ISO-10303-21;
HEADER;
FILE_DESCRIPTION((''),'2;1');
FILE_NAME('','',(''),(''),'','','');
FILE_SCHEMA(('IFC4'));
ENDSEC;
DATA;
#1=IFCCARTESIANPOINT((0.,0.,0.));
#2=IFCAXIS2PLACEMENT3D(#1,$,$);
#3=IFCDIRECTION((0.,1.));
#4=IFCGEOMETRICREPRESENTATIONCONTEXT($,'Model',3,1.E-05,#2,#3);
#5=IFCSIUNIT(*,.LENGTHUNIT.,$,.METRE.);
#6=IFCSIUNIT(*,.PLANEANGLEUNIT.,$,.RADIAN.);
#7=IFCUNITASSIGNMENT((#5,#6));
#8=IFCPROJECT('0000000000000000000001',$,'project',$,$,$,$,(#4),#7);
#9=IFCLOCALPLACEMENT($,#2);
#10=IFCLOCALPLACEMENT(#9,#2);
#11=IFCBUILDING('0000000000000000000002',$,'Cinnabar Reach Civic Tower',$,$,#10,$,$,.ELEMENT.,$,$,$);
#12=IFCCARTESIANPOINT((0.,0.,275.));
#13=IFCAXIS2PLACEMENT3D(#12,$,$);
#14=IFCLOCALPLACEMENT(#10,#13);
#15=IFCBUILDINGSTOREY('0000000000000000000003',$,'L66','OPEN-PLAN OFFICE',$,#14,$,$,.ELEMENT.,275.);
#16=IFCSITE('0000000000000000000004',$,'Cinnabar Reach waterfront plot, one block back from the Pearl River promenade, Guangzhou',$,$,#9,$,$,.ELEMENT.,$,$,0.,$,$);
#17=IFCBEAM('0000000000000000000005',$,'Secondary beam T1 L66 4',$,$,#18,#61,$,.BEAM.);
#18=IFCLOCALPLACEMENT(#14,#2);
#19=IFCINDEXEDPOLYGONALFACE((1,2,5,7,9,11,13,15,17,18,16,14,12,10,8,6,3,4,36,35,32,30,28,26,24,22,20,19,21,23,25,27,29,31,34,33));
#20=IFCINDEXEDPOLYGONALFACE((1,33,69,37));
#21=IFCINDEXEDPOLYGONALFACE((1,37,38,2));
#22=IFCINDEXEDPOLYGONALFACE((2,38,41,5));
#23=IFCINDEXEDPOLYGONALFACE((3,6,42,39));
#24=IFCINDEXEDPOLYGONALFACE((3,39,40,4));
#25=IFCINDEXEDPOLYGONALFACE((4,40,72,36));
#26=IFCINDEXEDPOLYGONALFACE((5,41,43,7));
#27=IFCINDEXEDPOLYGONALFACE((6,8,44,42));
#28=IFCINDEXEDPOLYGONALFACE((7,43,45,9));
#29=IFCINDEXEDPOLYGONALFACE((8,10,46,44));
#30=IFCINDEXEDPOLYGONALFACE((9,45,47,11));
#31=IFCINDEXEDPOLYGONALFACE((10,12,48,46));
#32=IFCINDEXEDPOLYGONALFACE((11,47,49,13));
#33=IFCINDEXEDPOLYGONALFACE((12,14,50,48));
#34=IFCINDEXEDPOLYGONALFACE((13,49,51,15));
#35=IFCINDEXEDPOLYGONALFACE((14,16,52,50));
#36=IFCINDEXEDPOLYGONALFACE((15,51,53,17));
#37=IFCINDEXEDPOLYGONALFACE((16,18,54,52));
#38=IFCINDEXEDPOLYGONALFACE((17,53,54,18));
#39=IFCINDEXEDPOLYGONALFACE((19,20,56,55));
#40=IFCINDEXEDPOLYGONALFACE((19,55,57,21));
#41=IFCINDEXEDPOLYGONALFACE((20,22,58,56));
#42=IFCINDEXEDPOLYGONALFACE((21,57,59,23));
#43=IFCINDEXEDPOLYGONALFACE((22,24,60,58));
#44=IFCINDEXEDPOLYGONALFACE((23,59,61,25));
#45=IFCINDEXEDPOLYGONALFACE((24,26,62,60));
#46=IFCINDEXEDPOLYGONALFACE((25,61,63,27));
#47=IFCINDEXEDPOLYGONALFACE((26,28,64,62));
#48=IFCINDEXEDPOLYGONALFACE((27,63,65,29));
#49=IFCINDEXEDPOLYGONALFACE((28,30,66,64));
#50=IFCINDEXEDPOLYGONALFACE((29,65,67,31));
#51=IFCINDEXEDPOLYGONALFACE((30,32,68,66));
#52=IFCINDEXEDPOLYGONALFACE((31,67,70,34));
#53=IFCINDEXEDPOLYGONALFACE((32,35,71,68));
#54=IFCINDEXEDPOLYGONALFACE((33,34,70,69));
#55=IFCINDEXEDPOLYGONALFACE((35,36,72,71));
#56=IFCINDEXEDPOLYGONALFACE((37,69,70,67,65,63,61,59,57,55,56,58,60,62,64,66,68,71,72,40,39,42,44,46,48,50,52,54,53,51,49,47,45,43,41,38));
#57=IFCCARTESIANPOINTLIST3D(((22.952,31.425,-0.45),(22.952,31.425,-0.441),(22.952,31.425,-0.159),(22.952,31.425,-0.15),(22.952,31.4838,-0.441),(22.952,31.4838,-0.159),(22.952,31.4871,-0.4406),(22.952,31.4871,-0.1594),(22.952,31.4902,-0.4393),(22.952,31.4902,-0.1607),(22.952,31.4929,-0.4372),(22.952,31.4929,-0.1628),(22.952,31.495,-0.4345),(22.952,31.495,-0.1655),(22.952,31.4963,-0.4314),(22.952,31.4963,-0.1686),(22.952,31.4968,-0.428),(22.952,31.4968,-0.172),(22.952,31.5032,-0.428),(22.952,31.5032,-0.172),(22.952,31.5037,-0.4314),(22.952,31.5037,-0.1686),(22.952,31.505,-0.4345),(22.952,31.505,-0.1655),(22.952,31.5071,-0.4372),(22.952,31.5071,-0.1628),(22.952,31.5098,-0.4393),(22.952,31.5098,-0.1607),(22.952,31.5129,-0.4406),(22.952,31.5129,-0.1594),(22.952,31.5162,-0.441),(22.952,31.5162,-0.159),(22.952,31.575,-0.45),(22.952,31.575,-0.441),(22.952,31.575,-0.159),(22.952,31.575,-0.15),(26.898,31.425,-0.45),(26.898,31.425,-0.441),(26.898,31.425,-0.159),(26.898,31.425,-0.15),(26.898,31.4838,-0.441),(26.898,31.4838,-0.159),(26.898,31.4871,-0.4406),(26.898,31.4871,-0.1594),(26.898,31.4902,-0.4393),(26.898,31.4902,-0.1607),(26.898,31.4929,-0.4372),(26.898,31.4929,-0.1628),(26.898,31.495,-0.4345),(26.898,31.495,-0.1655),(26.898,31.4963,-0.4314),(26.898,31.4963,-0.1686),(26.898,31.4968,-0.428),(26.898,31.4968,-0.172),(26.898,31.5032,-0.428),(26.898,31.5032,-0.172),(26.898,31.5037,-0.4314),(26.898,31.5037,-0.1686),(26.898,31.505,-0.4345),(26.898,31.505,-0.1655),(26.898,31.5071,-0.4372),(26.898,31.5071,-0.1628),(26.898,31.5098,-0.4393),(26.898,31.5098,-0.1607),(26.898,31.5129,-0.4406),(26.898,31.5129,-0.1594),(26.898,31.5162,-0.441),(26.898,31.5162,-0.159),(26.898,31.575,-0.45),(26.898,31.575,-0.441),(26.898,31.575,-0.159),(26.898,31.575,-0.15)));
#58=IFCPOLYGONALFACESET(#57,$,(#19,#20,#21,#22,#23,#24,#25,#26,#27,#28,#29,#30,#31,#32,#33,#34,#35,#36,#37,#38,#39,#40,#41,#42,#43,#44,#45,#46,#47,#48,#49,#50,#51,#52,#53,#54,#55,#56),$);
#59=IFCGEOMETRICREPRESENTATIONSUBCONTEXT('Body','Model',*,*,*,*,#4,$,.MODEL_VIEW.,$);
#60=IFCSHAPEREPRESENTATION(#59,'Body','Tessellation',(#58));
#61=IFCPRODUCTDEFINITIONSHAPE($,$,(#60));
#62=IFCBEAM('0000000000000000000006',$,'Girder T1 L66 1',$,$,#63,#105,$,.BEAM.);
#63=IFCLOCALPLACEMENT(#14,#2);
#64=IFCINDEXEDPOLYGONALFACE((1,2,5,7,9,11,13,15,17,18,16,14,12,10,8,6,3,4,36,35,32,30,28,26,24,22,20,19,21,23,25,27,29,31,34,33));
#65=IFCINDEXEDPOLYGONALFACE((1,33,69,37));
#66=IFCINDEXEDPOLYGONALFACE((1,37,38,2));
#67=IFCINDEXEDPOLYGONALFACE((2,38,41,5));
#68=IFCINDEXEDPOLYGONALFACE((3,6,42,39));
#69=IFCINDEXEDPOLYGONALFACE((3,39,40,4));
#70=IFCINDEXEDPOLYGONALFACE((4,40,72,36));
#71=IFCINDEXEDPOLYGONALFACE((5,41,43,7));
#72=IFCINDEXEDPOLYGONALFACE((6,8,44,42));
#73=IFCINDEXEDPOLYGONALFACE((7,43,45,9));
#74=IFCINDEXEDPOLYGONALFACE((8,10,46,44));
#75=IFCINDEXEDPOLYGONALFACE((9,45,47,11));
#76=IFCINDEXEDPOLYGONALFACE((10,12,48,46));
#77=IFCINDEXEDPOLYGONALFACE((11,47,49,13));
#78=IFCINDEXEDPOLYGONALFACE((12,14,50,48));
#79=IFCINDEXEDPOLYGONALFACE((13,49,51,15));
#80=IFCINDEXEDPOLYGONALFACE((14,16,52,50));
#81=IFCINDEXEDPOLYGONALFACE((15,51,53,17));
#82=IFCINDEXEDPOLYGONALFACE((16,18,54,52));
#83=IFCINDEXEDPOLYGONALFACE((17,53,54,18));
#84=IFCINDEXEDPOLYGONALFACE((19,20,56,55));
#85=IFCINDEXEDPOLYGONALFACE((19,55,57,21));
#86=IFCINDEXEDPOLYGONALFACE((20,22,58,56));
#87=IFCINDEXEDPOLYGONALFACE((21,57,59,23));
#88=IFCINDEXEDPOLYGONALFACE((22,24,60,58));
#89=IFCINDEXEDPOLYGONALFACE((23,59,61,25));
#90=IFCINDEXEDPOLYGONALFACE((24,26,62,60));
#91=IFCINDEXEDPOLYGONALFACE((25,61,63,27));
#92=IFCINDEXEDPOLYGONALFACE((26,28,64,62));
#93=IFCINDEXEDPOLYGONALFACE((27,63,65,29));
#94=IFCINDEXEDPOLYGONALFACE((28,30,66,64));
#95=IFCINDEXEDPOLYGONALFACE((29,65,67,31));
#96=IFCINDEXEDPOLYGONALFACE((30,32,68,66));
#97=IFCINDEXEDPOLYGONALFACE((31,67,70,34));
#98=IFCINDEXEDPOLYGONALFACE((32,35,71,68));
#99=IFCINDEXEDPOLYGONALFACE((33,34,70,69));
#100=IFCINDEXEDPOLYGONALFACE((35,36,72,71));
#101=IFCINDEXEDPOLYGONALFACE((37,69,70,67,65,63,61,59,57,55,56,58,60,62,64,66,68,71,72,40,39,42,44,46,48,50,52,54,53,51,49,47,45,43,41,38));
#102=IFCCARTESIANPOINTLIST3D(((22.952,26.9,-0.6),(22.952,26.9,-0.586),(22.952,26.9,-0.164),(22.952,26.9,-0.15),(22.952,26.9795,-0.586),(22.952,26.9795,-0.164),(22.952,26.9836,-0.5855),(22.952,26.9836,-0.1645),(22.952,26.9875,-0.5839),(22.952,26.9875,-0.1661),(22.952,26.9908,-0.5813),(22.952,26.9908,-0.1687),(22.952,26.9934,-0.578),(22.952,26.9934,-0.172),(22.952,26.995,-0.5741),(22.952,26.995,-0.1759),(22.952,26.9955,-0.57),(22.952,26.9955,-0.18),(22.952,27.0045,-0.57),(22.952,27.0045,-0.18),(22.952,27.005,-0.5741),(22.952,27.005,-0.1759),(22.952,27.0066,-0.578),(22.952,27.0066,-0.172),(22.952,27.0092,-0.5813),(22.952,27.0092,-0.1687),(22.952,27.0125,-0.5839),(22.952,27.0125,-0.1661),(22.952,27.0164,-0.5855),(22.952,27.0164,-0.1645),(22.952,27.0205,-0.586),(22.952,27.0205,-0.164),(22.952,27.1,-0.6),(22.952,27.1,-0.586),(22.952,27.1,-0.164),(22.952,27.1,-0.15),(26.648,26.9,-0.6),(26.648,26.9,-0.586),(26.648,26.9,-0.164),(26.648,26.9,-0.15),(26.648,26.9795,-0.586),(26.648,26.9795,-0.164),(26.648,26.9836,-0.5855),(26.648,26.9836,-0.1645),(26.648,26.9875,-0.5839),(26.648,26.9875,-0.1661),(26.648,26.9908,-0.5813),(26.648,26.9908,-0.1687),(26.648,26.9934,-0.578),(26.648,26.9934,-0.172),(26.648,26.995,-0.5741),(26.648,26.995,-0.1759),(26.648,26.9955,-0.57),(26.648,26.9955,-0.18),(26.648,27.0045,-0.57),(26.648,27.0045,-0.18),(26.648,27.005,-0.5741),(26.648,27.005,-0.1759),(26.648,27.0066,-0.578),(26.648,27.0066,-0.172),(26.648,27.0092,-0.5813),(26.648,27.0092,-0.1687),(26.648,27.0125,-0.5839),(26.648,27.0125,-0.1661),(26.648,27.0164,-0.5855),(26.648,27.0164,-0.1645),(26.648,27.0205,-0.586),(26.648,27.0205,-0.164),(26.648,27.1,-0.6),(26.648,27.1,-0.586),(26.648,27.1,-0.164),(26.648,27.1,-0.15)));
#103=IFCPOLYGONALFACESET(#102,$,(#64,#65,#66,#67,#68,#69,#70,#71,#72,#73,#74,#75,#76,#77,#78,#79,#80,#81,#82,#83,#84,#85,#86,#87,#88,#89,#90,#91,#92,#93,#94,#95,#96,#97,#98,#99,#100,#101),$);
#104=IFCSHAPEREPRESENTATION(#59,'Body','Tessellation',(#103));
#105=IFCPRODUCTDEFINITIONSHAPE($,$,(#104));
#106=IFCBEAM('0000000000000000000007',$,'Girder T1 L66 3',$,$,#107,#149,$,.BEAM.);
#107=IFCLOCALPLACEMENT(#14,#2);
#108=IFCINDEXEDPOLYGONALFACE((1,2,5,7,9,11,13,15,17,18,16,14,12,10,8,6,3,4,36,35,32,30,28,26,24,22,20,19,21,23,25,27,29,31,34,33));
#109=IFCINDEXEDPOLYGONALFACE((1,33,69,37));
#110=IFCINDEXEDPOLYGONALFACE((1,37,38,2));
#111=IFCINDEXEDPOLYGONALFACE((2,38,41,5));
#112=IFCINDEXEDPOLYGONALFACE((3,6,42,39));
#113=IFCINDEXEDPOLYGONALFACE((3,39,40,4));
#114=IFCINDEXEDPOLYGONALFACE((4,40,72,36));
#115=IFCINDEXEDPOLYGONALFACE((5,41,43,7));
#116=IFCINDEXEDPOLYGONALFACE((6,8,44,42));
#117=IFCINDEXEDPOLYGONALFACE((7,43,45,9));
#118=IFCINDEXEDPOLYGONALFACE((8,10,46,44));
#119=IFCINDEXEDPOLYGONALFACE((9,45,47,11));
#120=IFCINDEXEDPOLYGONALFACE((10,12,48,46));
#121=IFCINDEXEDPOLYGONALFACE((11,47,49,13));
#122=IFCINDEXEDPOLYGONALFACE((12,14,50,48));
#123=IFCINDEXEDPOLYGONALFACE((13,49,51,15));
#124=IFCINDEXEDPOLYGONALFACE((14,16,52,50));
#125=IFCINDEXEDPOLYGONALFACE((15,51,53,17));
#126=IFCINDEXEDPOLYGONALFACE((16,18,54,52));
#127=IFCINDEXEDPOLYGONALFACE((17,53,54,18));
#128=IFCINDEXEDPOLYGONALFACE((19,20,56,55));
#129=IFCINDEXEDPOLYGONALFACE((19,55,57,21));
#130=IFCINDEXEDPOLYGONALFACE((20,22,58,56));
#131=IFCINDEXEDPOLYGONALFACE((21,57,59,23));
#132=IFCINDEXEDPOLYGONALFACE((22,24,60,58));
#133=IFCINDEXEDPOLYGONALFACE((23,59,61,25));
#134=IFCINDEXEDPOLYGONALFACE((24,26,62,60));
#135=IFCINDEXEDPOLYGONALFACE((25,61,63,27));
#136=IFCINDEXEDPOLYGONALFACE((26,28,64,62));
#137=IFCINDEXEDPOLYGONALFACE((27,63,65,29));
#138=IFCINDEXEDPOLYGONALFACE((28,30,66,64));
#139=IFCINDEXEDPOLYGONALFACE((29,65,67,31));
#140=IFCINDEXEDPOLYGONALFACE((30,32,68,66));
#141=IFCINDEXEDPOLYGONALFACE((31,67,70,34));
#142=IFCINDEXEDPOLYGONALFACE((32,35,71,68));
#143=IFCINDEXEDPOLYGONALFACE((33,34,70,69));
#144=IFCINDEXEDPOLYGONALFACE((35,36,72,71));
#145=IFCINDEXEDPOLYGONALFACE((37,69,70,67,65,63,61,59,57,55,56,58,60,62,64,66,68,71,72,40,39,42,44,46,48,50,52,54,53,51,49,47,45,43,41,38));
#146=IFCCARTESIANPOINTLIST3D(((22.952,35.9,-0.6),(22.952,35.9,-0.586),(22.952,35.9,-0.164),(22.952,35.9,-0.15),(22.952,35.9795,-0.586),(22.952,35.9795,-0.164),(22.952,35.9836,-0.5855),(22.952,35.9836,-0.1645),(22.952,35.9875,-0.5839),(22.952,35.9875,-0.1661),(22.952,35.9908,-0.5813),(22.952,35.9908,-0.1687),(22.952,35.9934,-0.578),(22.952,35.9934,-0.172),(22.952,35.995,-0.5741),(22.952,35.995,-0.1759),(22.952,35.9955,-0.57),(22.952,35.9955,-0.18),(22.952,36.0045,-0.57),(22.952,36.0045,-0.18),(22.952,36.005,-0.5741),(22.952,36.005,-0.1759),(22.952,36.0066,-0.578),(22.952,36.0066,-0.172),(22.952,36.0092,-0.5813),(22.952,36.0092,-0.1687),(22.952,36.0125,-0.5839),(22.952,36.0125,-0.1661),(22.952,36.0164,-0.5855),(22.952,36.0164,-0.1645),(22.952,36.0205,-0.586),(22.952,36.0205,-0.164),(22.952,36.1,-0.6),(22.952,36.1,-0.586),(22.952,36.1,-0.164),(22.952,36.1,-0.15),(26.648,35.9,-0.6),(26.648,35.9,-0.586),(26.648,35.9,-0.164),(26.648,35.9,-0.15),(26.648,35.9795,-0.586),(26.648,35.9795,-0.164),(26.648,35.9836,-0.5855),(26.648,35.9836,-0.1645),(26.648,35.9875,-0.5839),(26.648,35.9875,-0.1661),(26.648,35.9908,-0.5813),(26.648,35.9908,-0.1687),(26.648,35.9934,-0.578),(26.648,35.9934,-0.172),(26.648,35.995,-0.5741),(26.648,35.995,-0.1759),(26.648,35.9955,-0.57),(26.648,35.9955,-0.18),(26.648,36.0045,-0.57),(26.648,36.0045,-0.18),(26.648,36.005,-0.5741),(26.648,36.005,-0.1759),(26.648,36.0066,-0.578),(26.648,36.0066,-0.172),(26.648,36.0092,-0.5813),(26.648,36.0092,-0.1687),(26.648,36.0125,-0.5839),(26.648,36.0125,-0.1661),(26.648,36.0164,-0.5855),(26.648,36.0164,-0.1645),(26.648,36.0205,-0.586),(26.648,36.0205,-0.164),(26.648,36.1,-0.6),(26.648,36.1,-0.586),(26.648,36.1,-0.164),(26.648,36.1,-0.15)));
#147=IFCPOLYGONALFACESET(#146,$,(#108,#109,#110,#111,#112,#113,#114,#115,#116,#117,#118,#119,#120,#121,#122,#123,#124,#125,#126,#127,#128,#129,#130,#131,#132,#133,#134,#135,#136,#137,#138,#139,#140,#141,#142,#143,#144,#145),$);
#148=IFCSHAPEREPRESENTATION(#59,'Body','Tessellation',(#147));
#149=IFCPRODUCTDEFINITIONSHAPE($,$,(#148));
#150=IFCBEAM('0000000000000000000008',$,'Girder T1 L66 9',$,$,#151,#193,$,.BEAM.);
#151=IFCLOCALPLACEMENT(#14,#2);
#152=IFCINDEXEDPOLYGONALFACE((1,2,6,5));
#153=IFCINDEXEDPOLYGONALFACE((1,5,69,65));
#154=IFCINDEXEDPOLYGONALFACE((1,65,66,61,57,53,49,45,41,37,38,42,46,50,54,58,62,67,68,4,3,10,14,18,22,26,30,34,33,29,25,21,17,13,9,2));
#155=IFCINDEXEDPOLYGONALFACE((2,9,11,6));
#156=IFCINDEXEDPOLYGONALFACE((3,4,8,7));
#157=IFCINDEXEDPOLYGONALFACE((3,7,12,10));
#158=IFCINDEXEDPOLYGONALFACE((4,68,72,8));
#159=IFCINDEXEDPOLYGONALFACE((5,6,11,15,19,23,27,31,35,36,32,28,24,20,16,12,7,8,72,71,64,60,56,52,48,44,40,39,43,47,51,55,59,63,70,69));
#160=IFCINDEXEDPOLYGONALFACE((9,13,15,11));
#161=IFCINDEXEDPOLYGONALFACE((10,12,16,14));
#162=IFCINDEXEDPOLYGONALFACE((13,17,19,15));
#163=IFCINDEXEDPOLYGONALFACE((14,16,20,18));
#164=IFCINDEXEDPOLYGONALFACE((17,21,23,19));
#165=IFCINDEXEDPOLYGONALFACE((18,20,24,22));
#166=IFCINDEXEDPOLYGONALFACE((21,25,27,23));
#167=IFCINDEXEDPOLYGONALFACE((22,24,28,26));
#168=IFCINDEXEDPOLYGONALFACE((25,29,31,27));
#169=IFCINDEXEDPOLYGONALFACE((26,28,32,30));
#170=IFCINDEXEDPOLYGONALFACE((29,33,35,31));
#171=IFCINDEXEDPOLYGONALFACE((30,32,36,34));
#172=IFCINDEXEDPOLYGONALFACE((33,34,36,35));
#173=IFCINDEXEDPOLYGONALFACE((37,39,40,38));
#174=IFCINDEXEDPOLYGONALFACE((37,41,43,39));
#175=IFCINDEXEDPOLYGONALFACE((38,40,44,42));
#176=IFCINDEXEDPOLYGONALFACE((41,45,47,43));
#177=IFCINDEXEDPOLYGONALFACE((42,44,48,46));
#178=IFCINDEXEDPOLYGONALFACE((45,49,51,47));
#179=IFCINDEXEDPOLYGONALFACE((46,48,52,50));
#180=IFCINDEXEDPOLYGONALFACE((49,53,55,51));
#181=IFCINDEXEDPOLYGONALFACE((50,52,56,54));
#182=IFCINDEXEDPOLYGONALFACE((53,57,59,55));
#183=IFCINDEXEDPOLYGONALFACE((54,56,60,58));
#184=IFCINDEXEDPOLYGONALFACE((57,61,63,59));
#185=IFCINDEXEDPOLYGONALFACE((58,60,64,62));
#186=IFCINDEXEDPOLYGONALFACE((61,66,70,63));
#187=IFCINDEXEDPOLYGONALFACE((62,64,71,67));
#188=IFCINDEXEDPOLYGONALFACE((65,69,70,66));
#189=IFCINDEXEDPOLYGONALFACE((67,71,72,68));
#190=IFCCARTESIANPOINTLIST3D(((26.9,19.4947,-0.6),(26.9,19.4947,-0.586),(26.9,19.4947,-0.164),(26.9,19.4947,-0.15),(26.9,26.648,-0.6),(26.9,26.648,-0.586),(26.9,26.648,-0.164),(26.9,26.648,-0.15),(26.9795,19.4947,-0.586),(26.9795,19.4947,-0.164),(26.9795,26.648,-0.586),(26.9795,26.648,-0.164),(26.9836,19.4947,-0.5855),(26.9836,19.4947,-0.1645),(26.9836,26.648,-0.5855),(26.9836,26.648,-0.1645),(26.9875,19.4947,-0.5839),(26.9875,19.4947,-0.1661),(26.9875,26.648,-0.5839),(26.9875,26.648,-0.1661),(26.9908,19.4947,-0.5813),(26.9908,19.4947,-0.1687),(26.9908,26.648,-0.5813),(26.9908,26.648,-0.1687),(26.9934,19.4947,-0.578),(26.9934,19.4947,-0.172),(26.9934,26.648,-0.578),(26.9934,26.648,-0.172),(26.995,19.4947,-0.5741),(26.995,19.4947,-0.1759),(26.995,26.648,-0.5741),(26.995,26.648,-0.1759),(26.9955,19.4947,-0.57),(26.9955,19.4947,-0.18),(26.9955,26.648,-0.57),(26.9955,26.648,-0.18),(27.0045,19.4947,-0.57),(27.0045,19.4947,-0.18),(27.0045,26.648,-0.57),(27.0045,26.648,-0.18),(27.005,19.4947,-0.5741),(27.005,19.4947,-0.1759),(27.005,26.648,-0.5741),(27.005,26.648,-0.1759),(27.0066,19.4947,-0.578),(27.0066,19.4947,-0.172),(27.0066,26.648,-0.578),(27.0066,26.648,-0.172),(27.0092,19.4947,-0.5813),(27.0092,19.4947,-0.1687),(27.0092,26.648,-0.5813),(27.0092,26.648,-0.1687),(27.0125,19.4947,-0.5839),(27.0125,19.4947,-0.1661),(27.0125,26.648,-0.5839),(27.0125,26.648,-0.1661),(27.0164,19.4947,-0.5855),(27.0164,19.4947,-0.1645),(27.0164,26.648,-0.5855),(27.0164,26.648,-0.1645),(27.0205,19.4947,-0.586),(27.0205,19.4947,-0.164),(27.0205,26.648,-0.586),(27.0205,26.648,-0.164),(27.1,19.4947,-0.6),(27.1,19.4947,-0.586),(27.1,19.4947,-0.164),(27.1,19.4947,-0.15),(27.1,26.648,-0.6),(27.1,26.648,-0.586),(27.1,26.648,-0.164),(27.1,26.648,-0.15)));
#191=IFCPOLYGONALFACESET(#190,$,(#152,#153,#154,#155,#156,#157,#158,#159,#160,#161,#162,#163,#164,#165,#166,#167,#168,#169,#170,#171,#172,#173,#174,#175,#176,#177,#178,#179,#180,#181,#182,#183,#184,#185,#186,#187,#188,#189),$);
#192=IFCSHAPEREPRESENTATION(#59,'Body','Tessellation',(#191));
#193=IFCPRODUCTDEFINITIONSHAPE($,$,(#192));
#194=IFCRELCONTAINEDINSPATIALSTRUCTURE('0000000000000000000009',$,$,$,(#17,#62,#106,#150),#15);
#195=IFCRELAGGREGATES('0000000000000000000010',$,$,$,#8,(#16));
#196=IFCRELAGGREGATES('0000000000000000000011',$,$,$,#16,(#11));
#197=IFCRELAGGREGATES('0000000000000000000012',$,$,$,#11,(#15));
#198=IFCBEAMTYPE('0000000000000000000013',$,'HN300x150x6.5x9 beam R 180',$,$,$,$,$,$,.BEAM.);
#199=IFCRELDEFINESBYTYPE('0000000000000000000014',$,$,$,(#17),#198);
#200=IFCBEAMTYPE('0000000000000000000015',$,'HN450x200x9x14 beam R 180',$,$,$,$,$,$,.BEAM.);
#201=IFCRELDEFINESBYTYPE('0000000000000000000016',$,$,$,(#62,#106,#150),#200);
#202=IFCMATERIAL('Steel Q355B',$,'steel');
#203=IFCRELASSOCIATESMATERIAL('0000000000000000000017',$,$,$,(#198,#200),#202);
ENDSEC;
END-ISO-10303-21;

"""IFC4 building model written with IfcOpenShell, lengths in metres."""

from ifc_helpers import new_model, si_unit, direction, frame, origin, origin_2d, place, context, subcontext, project, spatial, i_section, extrude, material, material_profile, profile_set, type_object, element, save


model = new_model("IFC4")

# Units and contexts
model_context = context("Model", 3, precision=1e-05, world=origin(), true_north=direction((0.0, 1.0)))
body_context = subcontext(model_context, "Body", "Model", "MODEL_VIEW")
ifc_project = project(units=[si_unit("LENGTHUNIT", "METRE"), si_unit("PLANEANGLEUNIT", "RADIAN")], contexts=[model_context])

# Site, building, storey
site_placement = place(None, origin())
site = spatial("IfcSite", under=ifc_project, at=site_placement, Name="Cinnabar Reach waterfront plot, one block back from the Pearl River promenade, Guangzhou", CompositionType="ELEMENT", RefElevation=0.0)
building_placement = place(site_placement, origin())
building = spatial("IfcBuilding", under=site, at=building_placement, Name="Cinnabar Reach Civic Tower", CompositionType="ELEMENT")
storey_placement = place(building_placement, frame((0.0, 0.0, 275.0)))
storey = spatial("IfcBuildingStorey", under=building, at=storey_placement, Name="L66", Description="OPEN-PLAN OFFICE", CompositionType="ELEMENT", Elevation=275.0)

# Beams
ifc_material_1 = material(Name="Steel Q355B", Category="steel")
ifc_material_profile_1 = material_profile(ifc_material_1, i_section(OverallWidth=0.15, OverallDepth=0.3, WebThickness=0.0065, FlangeThickness=0.009, FilletRadius=0.013, at=origin_2d()), Name="HN300x150x6.5x9")
ifc_profile_set_1 = profile_set([ifc_material_profile_1], Name="Steel Q355B")
beam_type_1 = type_object("IfcBeamType", Name="HN300x150x6.5x9 beam R 180", PredefinedType="BEAM", material=ifc_profile_set_1)
for number, where, z_axis, x_axis, name in (
    (1, (22.952, 31.5, -0.3), (1.0, 0.0, 0.0), (0.0, 1.0, 0.0), "Secondary beam T1 L66 4"),
):
    element("IfcBeam", number, at=place(storey_placement, frame(where, z_axis=z_axis, x_axis=x_axis)), inside=storey, type_object=beam_type_1, Name=name, PredefinedType="BEAM", context=body_context, shape_type="SweptSolid", body=[
        extrude(i_section(OverallWidth=0.15, OverallDepth=0.3, WebThickness=0.0065, FlangeThickness=0.009, FilletRadius=0.013, at=origin_2d()), origin(), (0.0, 0.0, 1.0), 3.946),
    ])
ifc_material_profile_2 = material_profile(ifc_material_1, i_section(OverallWidth=0.2, OverallDepth=0.45, WebThickness=0.009, FlangeThickness=0.014, FilletRadius=0.016, at=origin_2d()), Name="HN450x200x9x14")
ifc_profile_set_2 = profile_set([ifc_material_profile_2], Name="Steel Q355B")
beam_type_2 = type_object("IfcBeamType", Name="HN450x200x9x14 beam R 180", PredefinedType="BEAM", material=ifc_profile_set_2)
for number, where, z_axis, x_axis, name in (
    (2, (22.952, 27.0, -0.375), (1.0, 0.0, 0.0), (0.0, 1.0, 0.0), "Girder T1 L66 1"),
    (3, (22.952, 36.0, -0.375), (1.0, 0.0, 0.0), (0.0, 1.0, 0.0), "Girder T1 L66 3"),
):
    element("IfcBeam", number, at=place(storey_placement, frame(where, z_axis=z_axis, x_axis=x_axis)), inside=storey, type_object=beam_type_2, Name=name, PredefinedType="BEAM", context=body_context, shape_type="SweptSolid", body=[
        extrude(i_section(OverallWidth=0.2, OverallDepth=0.45, WebThickness=0.009, FlangeThickness=0.014, FilletRadius=0.016, at=origin_2d()), origin(), (0.0, 0.0, 1.0), 3.696),
    ])
beam_1_placement = place(storey_placement, frame((27.0, 19.4947, -0.375), z_axis=(0.0, 1.0, 0.0), x_axis=(-1.0, 0.0, 0.0)))
element("IfcBeam", 4, at=beam_1_placement, inside=storey, type_object=beam_type_2, Name="Girder T1 L66 9", PredefinedType="BEAM", context=body_context, shape_type="SweptSolid", body=[
    extrude(i_section(OverallWidth=0.2, OverallDepth=0.45, WebThickness=0.009, FlangeThickness=0.014, FilletRadius=0.016, at=origin_2d()), origin(), (0.0, 0.0, 1.0), 7.1533),
])

save(model, "model.ifc")
